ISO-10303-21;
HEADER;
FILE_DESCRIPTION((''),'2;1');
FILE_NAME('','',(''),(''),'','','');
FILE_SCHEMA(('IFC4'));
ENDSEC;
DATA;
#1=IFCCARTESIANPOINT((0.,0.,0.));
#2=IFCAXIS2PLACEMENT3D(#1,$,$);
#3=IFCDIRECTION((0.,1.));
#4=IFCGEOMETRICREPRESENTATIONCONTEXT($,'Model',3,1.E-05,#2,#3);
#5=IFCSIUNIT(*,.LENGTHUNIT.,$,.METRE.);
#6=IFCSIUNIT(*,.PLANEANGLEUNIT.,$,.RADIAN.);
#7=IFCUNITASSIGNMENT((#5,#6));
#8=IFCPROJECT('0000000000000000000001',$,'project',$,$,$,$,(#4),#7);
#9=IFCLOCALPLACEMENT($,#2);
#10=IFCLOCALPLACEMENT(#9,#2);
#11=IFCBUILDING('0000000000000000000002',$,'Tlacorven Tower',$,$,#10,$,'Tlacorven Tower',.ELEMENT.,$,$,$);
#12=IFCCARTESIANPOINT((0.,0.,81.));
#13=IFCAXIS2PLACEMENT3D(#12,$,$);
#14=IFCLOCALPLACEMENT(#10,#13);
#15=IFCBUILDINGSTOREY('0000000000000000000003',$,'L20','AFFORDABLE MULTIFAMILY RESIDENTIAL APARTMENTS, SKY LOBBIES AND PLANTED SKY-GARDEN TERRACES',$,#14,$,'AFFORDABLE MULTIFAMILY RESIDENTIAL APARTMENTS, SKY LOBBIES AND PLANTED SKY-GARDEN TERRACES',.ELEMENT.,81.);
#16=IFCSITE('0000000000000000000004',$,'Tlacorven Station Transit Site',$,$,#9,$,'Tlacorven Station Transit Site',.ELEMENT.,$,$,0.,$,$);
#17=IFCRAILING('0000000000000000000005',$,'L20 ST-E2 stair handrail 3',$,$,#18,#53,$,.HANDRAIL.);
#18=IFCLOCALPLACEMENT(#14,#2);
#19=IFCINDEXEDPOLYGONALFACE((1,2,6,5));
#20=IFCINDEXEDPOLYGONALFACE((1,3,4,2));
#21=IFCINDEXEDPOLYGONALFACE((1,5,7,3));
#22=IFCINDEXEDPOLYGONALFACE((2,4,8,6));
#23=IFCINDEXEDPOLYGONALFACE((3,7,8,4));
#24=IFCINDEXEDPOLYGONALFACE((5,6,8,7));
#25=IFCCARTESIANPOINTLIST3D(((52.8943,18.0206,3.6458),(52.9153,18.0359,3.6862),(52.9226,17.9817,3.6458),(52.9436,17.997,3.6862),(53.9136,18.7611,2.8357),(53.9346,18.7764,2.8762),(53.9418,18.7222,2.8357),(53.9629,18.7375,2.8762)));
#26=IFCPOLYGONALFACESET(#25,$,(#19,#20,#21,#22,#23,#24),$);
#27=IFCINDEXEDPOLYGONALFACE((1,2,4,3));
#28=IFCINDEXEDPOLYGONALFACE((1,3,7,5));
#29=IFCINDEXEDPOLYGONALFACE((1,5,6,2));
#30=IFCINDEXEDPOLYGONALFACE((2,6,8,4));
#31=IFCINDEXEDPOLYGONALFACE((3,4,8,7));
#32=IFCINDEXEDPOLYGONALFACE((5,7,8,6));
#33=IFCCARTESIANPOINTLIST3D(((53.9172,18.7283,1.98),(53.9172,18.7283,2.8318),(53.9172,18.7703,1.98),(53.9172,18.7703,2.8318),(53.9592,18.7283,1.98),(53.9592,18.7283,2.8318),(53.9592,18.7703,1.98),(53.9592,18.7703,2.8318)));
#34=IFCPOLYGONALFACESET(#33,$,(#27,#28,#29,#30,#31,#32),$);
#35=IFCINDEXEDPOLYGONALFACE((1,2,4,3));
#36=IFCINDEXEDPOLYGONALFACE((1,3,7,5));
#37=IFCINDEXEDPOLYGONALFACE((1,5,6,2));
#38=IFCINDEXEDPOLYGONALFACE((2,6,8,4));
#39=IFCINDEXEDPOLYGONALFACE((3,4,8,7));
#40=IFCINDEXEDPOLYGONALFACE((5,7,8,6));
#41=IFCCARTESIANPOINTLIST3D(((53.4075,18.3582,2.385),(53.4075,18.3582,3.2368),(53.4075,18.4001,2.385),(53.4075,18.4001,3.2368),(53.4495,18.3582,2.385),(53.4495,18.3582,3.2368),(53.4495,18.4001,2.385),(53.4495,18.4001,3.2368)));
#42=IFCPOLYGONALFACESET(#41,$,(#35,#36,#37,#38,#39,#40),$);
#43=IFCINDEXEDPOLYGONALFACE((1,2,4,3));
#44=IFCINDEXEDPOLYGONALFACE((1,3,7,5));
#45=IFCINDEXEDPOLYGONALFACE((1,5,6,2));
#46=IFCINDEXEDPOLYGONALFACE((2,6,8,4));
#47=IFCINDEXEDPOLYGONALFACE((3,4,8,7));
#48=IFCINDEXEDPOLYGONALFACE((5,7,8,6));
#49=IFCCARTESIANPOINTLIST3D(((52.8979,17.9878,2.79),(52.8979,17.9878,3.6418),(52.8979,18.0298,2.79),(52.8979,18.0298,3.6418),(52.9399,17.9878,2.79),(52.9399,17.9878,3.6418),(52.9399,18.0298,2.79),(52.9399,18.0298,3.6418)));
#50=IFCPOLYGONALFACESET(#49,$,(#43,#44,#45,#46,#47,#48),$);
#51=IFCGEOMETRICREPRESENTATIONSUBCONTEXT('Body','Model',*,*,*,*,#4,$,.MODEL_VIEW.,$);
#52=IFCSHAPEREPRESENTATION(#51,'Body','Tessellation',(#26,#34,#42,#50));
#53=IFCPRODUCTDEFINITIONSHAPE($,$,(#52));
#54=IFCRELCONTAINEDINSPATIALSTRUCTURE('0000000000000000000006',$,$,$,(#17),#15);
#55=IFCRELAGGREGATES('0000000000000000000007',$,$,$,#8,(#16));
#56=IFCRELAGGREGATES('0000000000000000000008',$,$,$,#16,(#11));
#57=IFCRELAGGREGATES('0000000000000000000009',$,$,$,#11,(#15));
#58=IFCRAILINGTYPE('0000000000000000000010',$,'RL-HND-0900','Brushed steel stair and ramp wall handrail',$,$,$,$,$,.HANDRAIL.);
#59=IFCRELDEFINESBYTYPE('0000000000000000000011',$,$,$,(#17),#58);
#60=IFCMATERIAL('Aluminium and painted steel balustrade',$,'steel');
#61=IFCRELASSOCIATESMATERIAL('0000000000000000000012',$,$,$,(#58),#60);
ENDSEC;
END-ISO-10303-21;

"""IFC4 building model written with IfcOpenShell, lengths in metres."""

from ifc_helpers import new_model, si_unit, direction, frame, origin, origin_2d, place, context, subcontext, project, spatial, rectangle, extrude, source, transform, mapped, material, type_object, element, save


model = new_model("IFC4")

# Units and contexts
model_context = context("Model", 3, precision=1e-05, world=origin(), true_north=direction((0.0, 1.0)))
body_context = subcontext(model_context, "Body", "Model", "MODEL_VIEW")
ifc_project = project(units=[si_unit("LENGTHUNIT", "METRE"), si_unit("PLANEANGLEUNIT", "RADIAN")], contexts=[model_context])

# Site, building, storey
site_placement = place(None, origin())
site = spatial("IfcSite", under=ifc_project, at=site_placement, Name="Tlacorven Station Transit Site", LongName="Tlacorven Station Transit Site", CompositionType="ELEMENT", RefElevation=0.0)
building_placement = place(site_placement, origin())
building = spatial("IfcBuilding", under=site, at=building_placement, Name="Tlacorven Tower", LongName="Tlacorven Tower", CompositionType="ELEMENT")
storey_placement = place(building_placement, frame((0.0, 0.0, 81.0)))
storey = spatial("IfcBuildingStorey", under=building, at=storey_placement, Name="L20", Description="AFFORDABLE MULTIFAMILY RESIDENTIAL APARTMENTS, SKY LOBBIES AND PLANTED SKY-GARDEN TERRACES", LongName="AFFORDABLE MULTIFAMILY RESIDENTIAL APARTMENTS, SKY LOBBIES AND PLANTED SKY-GARDEN TERRACES", CompositionType="ELEMENT", Elevation=81.0)

# Railing
ifc_material_1 = material(Name="Aluminium and painted steel balustrade", Category="steel")
railing_type_1 = type_object("IfcRailingType", Name="RL-HND-0900", Description="Brushed steel stair and ramp wall handrail", PredefinedType="HANDRAIL", material=ifc_material_1)
shared_shape_1 = source(origin(), body_context, "Body", "SweptSolid", [
    extrude(rectangle(XDim=0.0481, YDim=0.0481, at=origin_2d()), frame((0.0, 0.0, 0.876), z_axis=(-0.680516, -0.494373, 0.540827), x_axis=(0.587745, -0.809046, 0.0)), (0.0, 0.0, 1.0), 1.4978),
    extrude(rectangle(XDim=0.042, YDim=0.042, at=origin_2d()), origin(), (0.0, 0.0, 1.0), 0.8518),
    extrude(rectangle(XDim=0.042, YDim=0.042, at=origin_2d()), frame((-0.5098, -0.3701, 0.405)), (0.0, 0.0, 1.0), 0.8518),
    extrude(rectangle(XDim=0.042, YDim=0.042, at=origin_2d()), frame((-1.0193, -0.7405, 0.8101)), (0.0, 0.0, 1.0), 0.8518),
])
railing_1_placement = place(storey_placement, frame((53.9382, 18.7493, 1.98)))
element("IfcRailing", 1, at=railing_1_placement, inside=storey, type_object=railing_type_1, Name="L20 ST-E2 stair handrail 3", PredefinedType="HANDRAIL", context=body_context, shape_type="MappedRepresentation", body=[
    mapped(shared_shape_1, transform((0.0, 0.0, 0.0), scale=1.0)),
])

save(model, "model.ifc")
